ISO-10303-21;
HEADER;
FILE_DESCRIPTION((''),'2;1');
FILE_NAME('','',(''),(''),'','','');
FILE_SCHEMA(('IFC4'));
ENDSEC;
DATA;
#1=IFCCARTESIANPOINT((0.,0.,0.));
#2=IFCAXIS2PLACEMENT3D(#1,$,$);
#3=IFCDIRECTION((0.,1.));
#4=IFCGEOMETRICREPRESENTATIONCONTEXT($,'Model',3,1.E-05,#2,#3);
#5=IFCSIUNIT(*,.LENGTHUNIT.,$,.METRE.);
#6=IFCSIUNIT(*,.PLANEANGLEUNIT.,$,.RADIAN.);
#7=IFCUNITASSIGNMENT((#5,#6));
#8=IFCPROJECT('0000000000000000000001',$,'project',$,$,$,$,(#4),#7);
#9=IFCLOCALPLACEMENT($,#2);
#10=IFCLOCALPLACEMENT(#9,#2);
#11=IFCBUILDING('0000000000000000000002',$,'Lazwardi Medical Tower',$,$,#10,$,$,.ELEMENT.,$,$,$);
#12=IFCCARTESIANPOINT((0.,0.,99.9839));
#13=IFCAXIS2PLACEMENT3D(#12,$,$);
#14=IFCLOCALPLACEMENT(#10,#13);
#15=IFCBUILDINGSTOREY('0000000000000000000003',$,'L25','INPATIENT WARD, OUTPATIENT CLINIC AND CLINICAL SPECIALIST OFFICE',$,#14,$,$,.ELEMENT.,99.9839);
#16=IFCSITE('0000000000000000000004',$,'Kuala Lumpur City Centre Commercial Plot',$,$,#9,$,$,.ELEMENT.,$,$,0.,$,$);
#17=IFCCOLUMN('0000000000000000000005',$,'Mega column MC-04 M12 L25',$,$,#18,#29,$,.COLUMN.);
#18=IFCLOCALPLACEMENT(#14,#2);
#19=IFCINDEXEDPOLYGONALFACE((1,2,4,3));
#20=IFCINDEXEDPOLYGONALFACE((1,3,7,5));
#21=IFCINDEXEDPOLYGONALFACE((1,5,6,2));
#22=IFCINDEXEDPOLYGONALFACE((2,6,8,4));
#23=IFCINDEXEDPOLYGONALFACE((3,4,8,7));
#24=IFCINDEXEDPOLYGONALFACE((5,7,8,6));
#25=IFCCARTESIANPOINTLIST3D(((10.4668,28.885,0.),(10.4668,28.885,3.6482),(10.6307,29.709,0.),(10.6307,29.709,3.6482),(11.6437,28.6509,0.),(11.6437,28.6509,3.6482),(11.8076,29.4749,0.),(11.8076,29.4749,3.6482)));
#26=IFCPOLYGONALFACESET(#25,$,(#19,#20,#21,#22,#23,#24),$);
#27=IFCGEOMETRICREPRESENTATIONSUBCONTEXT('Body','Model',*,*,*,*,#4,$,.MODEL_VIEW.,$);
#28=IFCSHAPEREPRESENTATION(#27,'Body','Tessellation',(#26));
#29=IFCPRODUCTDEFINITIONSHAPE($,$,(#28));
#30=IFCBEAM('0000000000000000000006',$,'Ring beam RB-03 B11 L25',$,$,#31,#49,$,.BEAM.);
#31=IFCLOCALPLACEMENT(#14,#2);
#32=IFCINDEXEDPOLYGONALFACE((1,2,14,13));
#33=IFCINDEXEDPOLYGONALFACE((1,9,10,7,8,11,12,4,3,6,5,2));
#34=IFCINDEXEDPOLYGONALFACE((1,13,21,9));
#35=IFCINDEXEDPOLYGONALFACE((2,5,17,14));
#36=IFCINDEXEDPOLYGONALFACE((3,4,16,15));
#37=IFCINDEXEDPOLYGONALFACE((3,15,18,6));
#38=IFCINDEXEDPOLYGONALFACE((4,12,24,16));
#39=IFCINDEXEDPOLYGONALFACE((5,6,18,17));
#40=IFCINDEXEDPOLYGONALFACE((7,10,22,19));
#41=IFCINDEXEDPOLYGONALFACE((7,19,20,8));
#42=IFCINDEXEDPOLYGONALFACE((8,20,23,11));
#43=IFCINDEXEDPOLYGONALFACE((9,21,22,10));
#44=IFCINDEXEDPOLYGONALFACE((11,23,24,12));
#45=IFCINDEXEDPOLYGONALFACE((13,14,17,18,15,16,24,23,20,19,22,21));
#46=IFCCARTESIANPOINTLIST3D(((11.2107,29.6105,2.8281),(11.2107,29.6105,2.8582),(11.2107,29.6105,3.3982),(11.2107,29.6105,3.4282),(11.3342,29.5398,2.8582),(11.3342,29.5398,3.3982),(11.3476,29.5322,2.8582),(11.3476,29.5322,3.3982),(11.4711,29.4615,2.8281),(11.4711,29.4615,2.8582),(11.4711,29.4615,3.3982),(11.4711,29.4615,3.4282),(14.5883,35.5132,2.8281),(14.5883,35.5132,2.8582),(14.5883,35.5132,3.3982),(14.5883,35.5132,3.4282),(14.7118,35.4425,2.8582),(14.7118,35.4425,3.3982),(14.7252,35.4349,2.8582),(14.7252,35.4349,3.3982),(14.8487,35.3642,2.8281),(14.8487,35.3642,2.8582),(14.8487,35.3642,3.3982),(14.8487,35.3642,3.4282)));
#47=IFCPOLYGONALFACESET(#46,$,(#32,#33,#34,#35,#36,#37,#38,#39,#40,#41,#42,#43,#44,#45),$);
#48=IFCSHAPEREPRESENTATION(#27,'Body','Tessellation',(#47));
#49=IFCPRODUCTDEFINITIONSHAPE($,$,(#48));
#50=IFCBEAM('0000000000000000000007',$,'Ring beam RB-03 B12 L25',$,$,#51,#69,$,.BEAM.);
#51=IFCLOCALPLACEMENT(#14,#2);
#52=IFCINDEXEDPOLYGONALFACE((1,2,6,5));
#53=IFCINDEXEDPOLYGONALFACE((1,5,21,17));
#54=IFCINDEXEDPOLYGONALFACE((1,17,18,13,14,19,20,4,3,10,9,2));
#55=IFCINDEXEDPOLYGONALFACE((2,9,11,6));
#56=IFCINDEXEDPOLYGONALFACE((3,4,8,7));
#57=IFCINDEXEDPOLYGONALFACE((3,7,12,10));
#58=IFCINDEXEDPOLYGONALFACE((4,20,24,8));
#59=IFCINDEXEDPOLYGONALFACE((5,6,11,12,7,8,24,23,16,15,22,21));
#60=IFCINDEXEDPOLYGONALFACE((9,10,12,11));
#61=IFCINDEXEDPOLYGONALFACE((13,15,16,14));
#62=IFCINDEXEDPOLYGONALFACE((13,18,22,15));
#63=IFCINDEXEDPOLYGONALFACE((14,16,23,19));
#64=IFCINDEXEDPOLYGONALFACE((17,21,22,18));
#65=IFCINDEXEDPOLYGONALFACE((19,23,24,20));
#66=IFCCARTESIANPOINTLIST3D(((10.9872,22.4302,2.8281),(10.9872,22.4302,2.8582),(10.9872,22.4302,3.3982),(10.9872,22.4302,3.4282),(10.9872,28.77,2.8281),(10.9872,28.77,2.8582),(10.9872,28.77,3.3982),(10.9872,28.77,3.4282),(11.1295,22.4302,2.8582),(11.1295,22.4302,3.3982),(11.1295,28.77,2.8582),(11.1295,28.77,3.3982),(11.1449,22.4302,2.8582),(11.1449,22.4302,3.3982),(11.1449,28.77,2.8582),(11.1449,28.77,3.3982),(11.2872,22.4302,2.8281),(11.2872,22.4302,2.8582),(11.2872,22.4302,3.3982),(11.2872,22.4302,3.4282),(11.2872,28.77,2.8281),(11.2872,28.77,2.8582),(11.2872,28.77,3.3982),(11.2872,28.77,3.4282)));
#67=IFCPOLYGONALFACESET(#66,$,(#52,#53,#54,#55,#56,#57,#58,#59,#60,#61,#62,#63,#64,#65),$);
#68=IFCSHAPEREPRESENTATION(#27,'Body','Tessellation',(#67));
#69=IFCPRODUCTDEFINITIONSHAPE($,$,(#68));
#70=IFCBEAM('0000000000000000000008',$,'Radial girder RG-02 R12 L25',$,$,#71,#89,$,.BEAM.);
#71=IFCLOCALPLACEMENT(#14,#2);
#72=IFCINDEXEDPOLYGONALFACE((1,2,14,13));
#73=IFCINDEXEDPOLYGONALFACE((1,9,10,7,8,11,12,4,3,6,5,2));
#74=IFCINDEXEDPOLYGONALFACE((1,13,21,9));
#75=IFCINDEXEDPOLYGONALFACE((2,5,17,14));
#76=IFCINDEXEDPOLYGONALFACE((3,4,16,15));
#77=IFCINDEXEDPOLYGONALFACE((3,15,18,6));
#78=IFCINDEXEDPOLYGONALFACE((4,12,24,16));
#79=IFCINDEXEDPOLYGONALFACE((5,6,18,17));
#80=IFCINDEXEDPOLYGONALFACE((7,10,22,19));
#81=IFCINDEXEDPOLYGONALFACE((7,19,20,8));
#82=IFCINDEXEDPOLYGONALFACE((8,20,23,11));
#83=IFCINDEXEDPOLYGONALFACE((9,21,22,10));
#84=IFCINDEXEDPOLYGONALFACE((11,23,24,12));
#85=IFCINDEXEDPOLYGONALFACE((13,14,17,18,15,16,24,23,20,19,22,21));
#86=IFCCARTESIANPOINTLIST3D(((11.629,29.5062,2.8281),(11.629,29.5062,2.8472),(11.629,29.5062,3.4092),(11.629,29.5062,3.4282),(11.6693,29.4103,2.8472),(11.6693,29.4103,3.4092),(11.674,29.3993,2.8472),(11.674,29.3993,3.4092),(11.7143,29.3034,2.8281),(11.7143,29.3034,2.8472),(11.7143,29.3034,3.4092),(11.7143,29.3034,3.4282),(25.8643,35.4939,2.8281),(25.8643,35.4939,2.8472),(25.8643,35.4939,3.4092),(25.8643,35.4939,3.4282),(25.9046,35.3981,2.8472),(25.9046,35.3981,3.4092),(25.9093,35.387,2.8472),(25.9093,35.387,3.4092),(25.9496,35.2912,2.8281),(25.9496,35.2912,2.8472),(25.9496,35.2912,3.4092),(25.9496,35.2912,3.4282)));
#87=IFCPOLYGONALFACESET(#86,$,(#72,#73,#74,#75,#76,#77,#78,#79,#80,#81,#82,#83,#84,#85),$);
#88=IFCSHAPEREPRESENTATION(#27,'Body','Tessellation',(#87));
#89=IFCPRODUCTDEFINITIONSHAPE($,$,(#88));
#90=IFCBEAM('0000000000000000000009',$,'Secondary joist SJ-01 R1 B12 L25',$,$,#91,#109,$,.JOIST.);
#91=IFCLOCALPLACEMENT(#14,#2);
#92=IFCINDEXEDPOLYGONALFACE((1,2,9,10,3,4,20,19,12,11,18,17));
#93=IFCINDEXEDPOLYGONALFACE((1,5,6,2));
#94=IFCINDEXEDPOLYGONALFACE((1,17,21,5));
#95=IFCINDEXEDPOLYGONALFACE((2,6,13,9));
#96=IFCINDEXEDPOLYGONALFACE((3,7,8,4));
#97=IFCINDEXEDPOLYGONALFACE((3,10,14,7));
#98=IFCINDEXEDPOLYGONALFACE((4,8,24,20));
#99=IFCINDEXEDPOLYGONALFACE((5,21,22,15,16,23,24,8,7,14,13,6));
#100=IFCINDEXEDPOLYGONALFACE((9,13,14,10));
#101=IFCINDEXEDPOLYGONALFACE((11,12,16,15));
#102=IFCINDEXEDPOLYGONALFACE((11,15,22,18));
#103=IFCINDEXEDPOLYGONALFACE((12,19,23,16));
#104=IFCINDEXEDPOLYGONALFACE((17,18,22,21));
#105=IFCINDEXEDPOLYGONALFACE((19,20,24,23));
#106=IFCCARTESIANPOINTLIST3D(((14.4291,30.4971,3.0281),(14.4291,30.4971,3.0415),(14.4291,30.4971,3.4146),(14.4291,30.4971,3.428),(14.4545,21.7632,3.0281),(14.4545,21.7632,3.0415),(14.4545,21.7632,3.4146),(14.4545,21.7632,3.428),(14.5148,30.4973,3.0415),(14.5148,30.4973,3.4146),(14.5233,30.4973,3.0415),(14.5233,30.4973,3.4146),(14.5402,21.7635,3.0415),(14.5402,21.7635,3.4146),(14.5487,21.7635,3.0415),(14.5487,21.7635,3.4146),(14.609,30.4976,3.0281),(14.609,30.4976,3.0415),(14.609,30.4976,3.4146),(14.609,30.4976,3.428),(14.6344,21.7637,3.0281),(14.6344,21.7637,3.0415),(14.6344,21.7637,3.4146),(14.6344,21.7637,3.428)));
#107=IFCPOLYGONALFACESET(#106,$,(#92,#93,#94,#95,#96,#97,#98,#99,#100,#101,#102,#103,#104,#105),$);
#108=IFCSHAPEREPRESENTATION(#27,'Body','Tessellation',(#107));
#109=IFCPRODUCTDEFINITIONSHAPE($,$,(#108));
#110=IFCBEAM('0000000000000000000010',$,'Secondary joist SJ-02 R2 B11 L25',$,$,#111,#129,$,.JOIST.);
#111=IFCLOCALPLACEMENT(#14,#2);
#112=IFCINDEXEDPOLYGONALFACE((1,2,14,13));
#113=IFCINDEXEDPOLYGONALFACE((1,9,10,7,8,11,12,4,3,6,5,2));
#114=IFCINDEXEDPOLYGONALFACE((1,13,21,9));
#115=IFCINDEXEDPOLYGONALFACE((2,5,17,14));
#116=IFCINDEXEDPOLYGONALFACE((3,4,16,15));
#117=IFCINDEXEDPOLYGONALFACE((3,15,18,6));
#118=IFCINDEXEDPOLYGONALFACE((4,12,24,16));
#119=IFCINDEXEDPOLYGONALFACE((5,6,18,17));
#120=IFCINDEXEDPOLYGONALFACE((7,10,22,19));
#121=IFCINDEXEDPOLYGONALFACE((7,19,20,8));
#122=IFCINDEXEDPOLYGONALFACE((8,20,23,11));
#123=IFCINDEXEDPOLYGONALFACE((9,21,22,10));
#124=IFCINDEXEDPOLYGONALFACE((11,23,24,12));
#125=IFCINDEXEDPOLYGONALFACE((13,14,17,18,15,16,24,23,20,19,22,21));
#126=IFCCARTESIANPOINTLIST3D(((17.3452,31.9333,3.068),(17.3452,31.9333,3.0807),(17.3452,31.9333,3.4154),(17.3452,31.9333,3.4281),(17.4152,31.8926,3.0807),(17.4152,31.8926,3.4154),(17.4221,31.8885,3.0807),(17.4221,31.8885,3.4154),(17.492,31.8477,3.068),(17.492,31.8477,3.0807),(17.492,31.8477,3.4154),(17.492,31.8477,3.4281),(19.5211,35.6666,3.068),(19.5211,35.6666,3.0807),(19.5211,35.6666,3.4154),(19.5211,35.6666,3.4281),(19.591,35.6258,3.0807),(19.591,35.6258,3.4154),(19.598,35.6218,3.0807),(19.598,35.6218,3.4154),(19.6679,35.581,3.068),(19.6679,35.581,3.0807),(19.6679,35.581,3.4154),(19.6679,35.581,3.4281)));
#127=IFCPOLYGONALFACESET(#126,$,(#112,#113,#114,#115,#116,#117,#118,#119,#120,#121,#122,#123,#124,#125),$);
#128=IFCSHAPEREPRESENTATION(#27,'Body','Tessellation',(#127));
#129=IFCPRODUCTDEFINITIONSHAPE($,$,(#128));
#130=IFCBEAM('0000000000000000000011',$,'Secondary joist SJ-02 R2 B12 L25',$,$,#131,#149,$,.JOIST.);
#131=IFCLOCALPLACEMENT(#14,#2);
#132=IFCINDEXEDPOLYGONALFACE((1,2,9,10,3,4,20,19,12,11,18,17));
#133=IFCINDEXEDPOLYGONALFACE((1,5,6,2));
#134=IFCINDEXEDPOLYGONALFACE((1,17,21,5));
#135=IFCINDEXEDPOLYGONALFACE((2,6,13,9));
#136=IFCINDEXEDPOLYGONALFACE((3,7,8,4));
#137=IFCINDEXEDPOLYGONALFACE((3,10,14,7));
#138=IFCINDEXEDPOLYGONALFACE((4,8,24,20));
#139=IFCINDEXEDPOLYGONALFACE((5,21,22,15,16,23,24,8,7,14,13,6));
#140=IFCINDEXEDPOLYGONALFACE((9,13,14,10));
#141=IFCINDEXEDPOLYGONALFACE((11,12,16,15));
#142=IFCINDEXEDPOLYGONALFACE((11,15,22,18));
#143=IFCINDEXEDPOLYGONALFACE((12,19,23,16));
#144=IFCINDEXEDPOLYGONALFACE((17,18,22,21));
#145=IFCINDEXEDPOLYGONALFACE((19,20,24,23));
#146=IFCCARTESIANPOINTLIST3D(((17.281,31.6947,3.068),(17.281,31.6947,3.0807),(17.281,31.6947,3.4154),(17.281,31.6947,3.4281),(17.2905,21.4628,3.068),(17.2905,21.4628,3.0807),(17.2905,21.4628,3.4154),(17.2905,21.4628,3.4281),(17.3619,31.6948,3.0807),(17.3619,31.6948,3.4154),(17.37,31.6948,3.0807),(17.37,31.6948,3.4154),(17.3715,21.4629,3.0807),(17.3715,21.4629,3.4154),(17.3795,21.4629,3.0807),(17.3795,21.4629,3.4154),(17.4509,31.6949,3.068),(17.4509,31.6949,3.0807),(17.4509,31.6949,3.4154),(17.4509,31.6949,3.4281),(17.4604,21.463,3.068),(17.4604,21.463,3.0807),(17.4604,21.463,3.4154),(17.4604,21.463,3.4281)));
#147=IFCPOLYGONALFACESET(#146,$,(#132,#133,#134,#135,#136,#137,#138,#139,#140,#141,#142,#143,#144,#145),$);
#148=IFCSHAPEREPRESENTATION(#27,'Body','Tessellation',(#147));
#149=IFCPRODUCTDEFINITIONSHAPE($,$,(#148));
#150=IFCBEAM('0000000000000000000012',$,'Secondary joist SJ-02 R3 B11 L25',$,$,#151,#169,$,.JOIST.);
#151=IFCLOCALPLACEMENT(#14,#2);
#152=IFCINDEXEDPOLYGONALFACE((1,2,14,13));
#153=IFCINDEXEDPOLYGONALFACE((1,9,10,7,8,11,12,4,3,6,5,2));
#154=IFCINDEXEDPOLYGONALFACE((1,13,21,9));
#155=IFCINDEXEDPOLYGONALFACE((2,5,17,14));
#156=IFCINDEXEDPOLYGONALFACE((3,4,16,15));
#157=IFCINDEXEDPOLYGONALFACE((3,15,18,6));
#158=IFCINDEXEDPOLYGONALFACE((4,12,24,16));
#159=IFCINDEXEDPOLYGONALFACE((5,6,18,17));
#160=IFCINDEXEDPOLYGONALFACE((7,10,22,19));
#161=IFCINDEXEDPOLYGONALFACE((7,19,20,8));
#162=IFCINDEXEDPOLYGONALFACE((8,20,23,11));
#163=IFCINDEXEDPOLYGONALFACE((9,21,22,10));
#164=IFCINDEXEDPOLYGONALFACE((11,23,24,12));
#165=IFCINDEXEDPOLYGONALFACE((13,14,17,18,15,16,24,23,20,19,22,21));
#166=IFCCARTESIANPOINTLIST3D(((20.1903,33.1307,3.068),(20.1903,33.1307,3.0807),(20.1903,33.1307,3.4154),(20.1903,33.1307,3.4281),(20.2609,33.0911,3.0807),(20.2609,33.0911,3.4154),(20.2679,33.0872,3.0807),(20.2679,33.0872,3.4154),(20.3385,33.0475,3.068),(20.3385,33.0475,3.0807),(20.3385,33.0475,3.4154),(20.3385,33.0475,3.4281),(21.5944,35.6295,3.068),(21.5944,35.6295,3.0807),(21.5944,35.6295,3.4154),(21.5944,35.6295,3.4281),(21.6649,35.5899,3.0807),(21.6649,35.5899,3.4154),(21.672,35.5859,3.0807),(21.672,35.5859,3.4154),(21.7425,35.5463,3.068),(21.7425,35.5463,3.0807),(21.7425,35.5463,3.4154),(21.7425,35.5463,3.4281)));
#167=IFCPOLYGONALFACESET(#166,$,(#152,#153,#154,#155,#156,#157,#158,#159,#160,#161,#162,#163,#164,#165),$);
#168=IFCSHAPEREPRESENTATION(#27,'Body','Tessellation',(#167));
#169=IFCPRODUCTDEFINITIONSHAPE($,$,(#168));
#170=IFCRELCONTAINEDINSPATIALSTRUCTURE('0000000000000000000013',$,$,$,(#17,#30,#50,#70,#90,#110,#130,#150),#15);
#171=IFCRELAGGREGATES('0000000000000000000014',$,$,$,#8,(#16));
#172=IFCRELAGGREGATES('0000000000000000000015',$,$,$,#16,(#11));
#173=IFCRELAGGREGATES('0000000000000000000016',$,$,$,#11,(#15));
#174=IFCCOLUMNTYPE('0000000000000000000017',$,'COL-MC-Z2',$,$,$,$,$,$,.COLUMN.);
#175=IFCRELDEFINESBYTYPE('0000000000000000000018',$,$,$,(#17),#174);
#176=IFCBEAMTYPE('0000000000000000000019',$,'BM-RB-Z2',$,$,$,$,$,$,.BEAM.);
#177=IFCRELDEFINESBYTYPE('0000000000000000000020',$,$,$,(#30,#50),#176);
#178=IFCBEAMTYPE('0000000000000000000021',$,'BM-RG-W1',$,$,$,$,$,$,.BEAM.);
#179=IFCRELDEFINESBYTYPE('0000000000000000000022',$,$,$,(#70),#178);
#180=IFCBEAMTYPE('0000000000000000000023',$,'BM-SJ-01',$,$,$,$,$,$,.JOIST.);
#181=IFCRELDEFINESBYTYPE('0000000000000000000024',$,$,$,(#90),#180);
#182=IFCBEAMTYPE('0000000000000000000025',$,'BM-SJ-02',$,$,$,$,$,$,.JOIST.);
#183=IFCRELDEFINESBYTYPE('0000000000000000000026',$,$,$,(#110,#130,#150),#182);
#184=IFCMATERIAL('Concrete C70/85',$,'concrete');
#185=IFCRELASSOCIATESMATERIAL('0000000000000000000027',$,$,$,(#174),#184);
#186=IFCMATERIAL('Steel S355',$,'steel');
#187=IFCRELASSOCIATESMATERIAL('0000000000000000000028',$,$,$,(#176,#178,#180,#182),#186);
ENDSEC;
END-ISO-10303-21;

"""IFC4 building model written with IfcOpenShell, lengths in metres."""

from ifc_helpers import new_model, si_unit, direction, frame, origin, origin_2d, place, context, subcontext, project, spatial, rectangle, i_section, extrude, material, material_profile, profile_set, type_object, element, save


model = new_model("IFC4")

# Units and contexts
model_context = context("Model", 3, precision=1e-05, world=origin(), true_north=direction((0.0, 1.0)))
body_context = subcontext(model_context, "Body", "Model", "MODEL_VIEW")
ifc_project = project(units=[si_unit("LENGTHUNIT", "METRE"), si_unit("PLANEANGLEUNIT", "RADIAN")], contexts=[model_context])

# Site, building, storey
site_placement = place(None, origin())
site = spatial("IfcSite", under=ifc_project, at=site_placement, Name="Kuala Lumpur City Centre Commercial Plot", CompositionType="ELEMENT", RefElevation=0.0)
building_placement = place(site_placement, origin())
building = spatial("IfcBuilding", under=site, at=building_placement, Name="Lazwardi Medical Tower", CompositionType="ELEMENT")
storey_placement = place(building_placement, frame((0.0, 0.0, 99.9839)))
storey = spatial("IfcBuildingStorey", under=building, at=storey_placement, Name="L25", Description="INPATIENT WARD, OUTPATIENT CLINIC AND CLINICAL SPECIALIST OFFICE", CompositionType="ELEMENT", Elevation=99.9839)

# Column
ifc_material_1 = material(Name="Concrete C70/85", Category="concrete")
ifc_material_profile_1 = material_profile(ifc_material_1, rectangle(XDim=1.2, YDim=0.8401, at=origin_2d()), Name="CFT-RECT 1200x840")
ifc_profile_set_1 = profile_set([ifc_material_profile_1], Name="Concrete C70/85")
column_type = type_object("IfcColumnType", Name="COL-MC-Z2", PredefinedType="COLUMN", material=ifc_profile_set_1)
column_placement = place(storey_placement, frame((11.1372, 29.1799, 0.0), z_axis=(0.0, 0.0, 1.0), x_axis=(-0.980785, 0.19509, 0.0)))
element("IfcColumn", 1, at=column_placement, inside=storey, type_object=column_type, Name="Mega column MC-04 M12 L25", PredefinedType="COLUMN", context=body_context, shape_type="SweptSolid", body=[
    extrude(rectangle(XDim=1.2, YDim=0.8401, at=origin_2d()), origin(), (0.0, 0.0, 1.0), 3.6482),
])

# Beams
ifc_material_2 = material(Name="Steel S355", Category="steel")
ifc_material_profile_2 = material_profile(ifc_material_2, i_section(OverallWidth=0.3, OverallDepth=0.6001, WebThickness=0.0154, FlangeThickness=0.03, at=origin_2d()), Name="HEB 600")
ifc_profile_set_2 = profile_set([ifc_material_profile_2], Name="Steel S355")
beam_type_1 = type_object("IfcBeamType", Name="BM-RB-Z2", PredefinedType="BEAM", material=ifc_profile_set_2)
beam_1_placement = place(storey_placement, frame((14.7185, 35.4387, 3.1282), z_axis=(-0.496653, -0.867949, 0.0), x_axis=(0.867949, -0.496653, 0.0)))
element("IfcBeam", 2, at=beam_1_placement, inside=storey, type_object=beam_type_1, Name="Ring beam RB-03 B11 L25", PredefinedType="BEAM", context=body_context, shape_type="SweptSolid", body=[
    extrude(i_section(OverallWidth=0.3, OverallDepth=0.6001, WebThickness=0.0154, FlangeThickness=0.03, at=origin_2d()), origin(), (0.0, 0.0, 1.0), 6.8008),
])
beam_2_placement = place(storey_placement, frame((11.1372, 28.77, 3.1282), z_axis=(0.0, -1.0, 0.0), x_axis=(1.0, 0.0, 0.0)))
element("IfcBeam", 3, at=beam_2_placement, inside=storey, type_object=beam_type_1, Name="Ring beam RB-03 B12 L25", PredefinedType="BEAM", context=body_context, shape_type="SweptSolid", body=[
    extrude(i_section(OverallWidth=0.3, OverallDepth=0.6001, WebThickness=0.0154, FlangeThickness=0.03, at=origin_2d()), origin(), (0.0, 0.0, 1.0), 6.3398),
])
ifc_material_profile_3 = material_profile(ifc_material_2, i_section(OverallWidth=0.22, OverallDepth=0.6001, WebThickness=0.012, FlangeThickness=0.019, at=origin_2d()), Name="IPE 600")
ifc_profile_set_3 = profile_set([ifc_material_profile_3], Name="Steel S355")
beam_type_2 = type_object("IfcBeamType", Name="BM-RG-W1", PredefinedType="BEAM", material=ifc_profile_set_3)
beam_3_placement = place(storey_placement, frame((11.6716, 29.4048, 3.1282), z_axis=(0.921775, 0.387725, 0.0), x_axis=(-0.387725, 0.921775, 0.0)))
element("IfcBeam", 4, at=beam_3_placement, inside=storey, type_object=beam_type_2, Name="Radial girder RG-02 R12 L25", PredefinedType="BEAM", context=body_context, shape_type="SweptSolid", body=[
    extrude(i_section(OverallWidth=0.22, OverallDepth=0.6001, WebThickness=0.012, FlangeThickness=0.019, at=origin_2d()), origin(), (0.0, 0.0, 1.0), 15.4434),
])
ifc_material_profile_4 = material_profile(ifc_material_2, i_section(OverallWidth=0.1799, OverallDepth=0.3999, WebThickness=0.0085, FlangeThickness=0.0134, at=origin_2d()), Name="IPE 400")
ifc_profile_set_4 = profile_set([ifc_material_profile_4], Name="Steel S355")
beam_type_3 = type_object("IfcBeamType", Name="BM-SJ-01", PredefinedType="JOIST", material=ifc_profile_set_4)
beam_4_placement = place(storey_placement, frame((14.519, 30.4973, 3.228), z_axis=(0.002907, -0.999996, 0.0), x_axis=(0.999996, 0.002907, 0.0)))
element("IfcBeam", 5, at=beam_4_placement, inside=storey, type_object=beam_type_3, Name="Secondary joist SJ-01 R1 B12 L25", PredefinedType="JOIST", context=body_context, shape_type="SweptSolid", body=[
    extrude(i_section(OverallWidth=0.1799, OverallDepth=0.3999, WebThickness=0.0085, FlangeThickness=0.0134, at=origin_2d()), origin(), (0.0, 0.0, 1.0), 8.7339),
])
ifc_material_profile_5 = material_profile(ifc_material_2, i_section(OverallWidth=0.1699, OverallDepth=0.3601, WebThickness=0.0081, FlangeThickness=0.0127, at=origin_2d()), Name="IPE 360")
ifc_profile_set_5 = profile_set([ifc_material_profile_5], Name="Steel S355")
beam_type_4 = type_object("IfcBeamType", Name="BM-SJ-02", PredefinedType="JOIST", material=ifc_profile_set_5)
beam_5_placement = place(storey_placement, frame((19.5945, 35.6238, 3.248), z_axis=(-0.503544, -0.863969, 0.0), x_axis=(0.863969, -0.503544, 0.0)))
element("IfcBeam", 6, at=beam_5_placement, inside=storey, type_object=beam_type_4, Name="Secondary joist SJ-02 R2 B11 L25", PredefinedType="JOIST", context=body_context, shape_type="SweptSolid", body=[
    extrude(i_section(OverallWidth=0.1699, OverallDepth=0.3601, WebThickness=0.0081, FlangeThickness=0.0127, at=origin_2d()), origin(), (0.0, 0.0, 1.0), 4.321),
])
beam_6_placement = place(storey_placement, frame((17.366, 31.6948, 3.248), z_axis=(0.000931, -1.0, 0.0), x_axis=(1.0, 0.000931, 0.0)))
element("IfcBeam", 7, at=beam_6_placement, inside=storey, type_object=beam_type_4, Name="Secondary joist SJ-02 R2 B12 L25", PredefinedType="JOIST", context=body_context, shape_type="SweptSolid", body=[
    extrude(i_section(OverallWidth=0.1699, OverallDepth=0.3601, WebThickness=0.0081, FlangeThickness=0.0127, at=origin_2d()), origin(), (0.0, 0.0, 1.0), 10.2319),
])
beam_7_placement = place(storey_placement, frame((21.6685, 35.5879, 3.248), z_axis=(-0.489861, -0.871801, 0.0), x_axis=(0.871801, -0.489861, 0.0)))
element("IfcBeam", 8, at=beam_7_placement, inside=storey, type_object=beam_type_4, Name="Secondary joist SJ-02 R3 B11 L25", PredefinedType="JOIST", context=body_context, shape_type="SweptSolid", body=[
    extrude(i_section(OverallWidth=0.1699, OverallDepth=0.3601, WebThickness=0.0081, FlangeThickness=0.0127, at=origin_2d()), origin(), (0.0, 0.0, 1.0), 2.8662),
])

save(model, "model.ifc")
